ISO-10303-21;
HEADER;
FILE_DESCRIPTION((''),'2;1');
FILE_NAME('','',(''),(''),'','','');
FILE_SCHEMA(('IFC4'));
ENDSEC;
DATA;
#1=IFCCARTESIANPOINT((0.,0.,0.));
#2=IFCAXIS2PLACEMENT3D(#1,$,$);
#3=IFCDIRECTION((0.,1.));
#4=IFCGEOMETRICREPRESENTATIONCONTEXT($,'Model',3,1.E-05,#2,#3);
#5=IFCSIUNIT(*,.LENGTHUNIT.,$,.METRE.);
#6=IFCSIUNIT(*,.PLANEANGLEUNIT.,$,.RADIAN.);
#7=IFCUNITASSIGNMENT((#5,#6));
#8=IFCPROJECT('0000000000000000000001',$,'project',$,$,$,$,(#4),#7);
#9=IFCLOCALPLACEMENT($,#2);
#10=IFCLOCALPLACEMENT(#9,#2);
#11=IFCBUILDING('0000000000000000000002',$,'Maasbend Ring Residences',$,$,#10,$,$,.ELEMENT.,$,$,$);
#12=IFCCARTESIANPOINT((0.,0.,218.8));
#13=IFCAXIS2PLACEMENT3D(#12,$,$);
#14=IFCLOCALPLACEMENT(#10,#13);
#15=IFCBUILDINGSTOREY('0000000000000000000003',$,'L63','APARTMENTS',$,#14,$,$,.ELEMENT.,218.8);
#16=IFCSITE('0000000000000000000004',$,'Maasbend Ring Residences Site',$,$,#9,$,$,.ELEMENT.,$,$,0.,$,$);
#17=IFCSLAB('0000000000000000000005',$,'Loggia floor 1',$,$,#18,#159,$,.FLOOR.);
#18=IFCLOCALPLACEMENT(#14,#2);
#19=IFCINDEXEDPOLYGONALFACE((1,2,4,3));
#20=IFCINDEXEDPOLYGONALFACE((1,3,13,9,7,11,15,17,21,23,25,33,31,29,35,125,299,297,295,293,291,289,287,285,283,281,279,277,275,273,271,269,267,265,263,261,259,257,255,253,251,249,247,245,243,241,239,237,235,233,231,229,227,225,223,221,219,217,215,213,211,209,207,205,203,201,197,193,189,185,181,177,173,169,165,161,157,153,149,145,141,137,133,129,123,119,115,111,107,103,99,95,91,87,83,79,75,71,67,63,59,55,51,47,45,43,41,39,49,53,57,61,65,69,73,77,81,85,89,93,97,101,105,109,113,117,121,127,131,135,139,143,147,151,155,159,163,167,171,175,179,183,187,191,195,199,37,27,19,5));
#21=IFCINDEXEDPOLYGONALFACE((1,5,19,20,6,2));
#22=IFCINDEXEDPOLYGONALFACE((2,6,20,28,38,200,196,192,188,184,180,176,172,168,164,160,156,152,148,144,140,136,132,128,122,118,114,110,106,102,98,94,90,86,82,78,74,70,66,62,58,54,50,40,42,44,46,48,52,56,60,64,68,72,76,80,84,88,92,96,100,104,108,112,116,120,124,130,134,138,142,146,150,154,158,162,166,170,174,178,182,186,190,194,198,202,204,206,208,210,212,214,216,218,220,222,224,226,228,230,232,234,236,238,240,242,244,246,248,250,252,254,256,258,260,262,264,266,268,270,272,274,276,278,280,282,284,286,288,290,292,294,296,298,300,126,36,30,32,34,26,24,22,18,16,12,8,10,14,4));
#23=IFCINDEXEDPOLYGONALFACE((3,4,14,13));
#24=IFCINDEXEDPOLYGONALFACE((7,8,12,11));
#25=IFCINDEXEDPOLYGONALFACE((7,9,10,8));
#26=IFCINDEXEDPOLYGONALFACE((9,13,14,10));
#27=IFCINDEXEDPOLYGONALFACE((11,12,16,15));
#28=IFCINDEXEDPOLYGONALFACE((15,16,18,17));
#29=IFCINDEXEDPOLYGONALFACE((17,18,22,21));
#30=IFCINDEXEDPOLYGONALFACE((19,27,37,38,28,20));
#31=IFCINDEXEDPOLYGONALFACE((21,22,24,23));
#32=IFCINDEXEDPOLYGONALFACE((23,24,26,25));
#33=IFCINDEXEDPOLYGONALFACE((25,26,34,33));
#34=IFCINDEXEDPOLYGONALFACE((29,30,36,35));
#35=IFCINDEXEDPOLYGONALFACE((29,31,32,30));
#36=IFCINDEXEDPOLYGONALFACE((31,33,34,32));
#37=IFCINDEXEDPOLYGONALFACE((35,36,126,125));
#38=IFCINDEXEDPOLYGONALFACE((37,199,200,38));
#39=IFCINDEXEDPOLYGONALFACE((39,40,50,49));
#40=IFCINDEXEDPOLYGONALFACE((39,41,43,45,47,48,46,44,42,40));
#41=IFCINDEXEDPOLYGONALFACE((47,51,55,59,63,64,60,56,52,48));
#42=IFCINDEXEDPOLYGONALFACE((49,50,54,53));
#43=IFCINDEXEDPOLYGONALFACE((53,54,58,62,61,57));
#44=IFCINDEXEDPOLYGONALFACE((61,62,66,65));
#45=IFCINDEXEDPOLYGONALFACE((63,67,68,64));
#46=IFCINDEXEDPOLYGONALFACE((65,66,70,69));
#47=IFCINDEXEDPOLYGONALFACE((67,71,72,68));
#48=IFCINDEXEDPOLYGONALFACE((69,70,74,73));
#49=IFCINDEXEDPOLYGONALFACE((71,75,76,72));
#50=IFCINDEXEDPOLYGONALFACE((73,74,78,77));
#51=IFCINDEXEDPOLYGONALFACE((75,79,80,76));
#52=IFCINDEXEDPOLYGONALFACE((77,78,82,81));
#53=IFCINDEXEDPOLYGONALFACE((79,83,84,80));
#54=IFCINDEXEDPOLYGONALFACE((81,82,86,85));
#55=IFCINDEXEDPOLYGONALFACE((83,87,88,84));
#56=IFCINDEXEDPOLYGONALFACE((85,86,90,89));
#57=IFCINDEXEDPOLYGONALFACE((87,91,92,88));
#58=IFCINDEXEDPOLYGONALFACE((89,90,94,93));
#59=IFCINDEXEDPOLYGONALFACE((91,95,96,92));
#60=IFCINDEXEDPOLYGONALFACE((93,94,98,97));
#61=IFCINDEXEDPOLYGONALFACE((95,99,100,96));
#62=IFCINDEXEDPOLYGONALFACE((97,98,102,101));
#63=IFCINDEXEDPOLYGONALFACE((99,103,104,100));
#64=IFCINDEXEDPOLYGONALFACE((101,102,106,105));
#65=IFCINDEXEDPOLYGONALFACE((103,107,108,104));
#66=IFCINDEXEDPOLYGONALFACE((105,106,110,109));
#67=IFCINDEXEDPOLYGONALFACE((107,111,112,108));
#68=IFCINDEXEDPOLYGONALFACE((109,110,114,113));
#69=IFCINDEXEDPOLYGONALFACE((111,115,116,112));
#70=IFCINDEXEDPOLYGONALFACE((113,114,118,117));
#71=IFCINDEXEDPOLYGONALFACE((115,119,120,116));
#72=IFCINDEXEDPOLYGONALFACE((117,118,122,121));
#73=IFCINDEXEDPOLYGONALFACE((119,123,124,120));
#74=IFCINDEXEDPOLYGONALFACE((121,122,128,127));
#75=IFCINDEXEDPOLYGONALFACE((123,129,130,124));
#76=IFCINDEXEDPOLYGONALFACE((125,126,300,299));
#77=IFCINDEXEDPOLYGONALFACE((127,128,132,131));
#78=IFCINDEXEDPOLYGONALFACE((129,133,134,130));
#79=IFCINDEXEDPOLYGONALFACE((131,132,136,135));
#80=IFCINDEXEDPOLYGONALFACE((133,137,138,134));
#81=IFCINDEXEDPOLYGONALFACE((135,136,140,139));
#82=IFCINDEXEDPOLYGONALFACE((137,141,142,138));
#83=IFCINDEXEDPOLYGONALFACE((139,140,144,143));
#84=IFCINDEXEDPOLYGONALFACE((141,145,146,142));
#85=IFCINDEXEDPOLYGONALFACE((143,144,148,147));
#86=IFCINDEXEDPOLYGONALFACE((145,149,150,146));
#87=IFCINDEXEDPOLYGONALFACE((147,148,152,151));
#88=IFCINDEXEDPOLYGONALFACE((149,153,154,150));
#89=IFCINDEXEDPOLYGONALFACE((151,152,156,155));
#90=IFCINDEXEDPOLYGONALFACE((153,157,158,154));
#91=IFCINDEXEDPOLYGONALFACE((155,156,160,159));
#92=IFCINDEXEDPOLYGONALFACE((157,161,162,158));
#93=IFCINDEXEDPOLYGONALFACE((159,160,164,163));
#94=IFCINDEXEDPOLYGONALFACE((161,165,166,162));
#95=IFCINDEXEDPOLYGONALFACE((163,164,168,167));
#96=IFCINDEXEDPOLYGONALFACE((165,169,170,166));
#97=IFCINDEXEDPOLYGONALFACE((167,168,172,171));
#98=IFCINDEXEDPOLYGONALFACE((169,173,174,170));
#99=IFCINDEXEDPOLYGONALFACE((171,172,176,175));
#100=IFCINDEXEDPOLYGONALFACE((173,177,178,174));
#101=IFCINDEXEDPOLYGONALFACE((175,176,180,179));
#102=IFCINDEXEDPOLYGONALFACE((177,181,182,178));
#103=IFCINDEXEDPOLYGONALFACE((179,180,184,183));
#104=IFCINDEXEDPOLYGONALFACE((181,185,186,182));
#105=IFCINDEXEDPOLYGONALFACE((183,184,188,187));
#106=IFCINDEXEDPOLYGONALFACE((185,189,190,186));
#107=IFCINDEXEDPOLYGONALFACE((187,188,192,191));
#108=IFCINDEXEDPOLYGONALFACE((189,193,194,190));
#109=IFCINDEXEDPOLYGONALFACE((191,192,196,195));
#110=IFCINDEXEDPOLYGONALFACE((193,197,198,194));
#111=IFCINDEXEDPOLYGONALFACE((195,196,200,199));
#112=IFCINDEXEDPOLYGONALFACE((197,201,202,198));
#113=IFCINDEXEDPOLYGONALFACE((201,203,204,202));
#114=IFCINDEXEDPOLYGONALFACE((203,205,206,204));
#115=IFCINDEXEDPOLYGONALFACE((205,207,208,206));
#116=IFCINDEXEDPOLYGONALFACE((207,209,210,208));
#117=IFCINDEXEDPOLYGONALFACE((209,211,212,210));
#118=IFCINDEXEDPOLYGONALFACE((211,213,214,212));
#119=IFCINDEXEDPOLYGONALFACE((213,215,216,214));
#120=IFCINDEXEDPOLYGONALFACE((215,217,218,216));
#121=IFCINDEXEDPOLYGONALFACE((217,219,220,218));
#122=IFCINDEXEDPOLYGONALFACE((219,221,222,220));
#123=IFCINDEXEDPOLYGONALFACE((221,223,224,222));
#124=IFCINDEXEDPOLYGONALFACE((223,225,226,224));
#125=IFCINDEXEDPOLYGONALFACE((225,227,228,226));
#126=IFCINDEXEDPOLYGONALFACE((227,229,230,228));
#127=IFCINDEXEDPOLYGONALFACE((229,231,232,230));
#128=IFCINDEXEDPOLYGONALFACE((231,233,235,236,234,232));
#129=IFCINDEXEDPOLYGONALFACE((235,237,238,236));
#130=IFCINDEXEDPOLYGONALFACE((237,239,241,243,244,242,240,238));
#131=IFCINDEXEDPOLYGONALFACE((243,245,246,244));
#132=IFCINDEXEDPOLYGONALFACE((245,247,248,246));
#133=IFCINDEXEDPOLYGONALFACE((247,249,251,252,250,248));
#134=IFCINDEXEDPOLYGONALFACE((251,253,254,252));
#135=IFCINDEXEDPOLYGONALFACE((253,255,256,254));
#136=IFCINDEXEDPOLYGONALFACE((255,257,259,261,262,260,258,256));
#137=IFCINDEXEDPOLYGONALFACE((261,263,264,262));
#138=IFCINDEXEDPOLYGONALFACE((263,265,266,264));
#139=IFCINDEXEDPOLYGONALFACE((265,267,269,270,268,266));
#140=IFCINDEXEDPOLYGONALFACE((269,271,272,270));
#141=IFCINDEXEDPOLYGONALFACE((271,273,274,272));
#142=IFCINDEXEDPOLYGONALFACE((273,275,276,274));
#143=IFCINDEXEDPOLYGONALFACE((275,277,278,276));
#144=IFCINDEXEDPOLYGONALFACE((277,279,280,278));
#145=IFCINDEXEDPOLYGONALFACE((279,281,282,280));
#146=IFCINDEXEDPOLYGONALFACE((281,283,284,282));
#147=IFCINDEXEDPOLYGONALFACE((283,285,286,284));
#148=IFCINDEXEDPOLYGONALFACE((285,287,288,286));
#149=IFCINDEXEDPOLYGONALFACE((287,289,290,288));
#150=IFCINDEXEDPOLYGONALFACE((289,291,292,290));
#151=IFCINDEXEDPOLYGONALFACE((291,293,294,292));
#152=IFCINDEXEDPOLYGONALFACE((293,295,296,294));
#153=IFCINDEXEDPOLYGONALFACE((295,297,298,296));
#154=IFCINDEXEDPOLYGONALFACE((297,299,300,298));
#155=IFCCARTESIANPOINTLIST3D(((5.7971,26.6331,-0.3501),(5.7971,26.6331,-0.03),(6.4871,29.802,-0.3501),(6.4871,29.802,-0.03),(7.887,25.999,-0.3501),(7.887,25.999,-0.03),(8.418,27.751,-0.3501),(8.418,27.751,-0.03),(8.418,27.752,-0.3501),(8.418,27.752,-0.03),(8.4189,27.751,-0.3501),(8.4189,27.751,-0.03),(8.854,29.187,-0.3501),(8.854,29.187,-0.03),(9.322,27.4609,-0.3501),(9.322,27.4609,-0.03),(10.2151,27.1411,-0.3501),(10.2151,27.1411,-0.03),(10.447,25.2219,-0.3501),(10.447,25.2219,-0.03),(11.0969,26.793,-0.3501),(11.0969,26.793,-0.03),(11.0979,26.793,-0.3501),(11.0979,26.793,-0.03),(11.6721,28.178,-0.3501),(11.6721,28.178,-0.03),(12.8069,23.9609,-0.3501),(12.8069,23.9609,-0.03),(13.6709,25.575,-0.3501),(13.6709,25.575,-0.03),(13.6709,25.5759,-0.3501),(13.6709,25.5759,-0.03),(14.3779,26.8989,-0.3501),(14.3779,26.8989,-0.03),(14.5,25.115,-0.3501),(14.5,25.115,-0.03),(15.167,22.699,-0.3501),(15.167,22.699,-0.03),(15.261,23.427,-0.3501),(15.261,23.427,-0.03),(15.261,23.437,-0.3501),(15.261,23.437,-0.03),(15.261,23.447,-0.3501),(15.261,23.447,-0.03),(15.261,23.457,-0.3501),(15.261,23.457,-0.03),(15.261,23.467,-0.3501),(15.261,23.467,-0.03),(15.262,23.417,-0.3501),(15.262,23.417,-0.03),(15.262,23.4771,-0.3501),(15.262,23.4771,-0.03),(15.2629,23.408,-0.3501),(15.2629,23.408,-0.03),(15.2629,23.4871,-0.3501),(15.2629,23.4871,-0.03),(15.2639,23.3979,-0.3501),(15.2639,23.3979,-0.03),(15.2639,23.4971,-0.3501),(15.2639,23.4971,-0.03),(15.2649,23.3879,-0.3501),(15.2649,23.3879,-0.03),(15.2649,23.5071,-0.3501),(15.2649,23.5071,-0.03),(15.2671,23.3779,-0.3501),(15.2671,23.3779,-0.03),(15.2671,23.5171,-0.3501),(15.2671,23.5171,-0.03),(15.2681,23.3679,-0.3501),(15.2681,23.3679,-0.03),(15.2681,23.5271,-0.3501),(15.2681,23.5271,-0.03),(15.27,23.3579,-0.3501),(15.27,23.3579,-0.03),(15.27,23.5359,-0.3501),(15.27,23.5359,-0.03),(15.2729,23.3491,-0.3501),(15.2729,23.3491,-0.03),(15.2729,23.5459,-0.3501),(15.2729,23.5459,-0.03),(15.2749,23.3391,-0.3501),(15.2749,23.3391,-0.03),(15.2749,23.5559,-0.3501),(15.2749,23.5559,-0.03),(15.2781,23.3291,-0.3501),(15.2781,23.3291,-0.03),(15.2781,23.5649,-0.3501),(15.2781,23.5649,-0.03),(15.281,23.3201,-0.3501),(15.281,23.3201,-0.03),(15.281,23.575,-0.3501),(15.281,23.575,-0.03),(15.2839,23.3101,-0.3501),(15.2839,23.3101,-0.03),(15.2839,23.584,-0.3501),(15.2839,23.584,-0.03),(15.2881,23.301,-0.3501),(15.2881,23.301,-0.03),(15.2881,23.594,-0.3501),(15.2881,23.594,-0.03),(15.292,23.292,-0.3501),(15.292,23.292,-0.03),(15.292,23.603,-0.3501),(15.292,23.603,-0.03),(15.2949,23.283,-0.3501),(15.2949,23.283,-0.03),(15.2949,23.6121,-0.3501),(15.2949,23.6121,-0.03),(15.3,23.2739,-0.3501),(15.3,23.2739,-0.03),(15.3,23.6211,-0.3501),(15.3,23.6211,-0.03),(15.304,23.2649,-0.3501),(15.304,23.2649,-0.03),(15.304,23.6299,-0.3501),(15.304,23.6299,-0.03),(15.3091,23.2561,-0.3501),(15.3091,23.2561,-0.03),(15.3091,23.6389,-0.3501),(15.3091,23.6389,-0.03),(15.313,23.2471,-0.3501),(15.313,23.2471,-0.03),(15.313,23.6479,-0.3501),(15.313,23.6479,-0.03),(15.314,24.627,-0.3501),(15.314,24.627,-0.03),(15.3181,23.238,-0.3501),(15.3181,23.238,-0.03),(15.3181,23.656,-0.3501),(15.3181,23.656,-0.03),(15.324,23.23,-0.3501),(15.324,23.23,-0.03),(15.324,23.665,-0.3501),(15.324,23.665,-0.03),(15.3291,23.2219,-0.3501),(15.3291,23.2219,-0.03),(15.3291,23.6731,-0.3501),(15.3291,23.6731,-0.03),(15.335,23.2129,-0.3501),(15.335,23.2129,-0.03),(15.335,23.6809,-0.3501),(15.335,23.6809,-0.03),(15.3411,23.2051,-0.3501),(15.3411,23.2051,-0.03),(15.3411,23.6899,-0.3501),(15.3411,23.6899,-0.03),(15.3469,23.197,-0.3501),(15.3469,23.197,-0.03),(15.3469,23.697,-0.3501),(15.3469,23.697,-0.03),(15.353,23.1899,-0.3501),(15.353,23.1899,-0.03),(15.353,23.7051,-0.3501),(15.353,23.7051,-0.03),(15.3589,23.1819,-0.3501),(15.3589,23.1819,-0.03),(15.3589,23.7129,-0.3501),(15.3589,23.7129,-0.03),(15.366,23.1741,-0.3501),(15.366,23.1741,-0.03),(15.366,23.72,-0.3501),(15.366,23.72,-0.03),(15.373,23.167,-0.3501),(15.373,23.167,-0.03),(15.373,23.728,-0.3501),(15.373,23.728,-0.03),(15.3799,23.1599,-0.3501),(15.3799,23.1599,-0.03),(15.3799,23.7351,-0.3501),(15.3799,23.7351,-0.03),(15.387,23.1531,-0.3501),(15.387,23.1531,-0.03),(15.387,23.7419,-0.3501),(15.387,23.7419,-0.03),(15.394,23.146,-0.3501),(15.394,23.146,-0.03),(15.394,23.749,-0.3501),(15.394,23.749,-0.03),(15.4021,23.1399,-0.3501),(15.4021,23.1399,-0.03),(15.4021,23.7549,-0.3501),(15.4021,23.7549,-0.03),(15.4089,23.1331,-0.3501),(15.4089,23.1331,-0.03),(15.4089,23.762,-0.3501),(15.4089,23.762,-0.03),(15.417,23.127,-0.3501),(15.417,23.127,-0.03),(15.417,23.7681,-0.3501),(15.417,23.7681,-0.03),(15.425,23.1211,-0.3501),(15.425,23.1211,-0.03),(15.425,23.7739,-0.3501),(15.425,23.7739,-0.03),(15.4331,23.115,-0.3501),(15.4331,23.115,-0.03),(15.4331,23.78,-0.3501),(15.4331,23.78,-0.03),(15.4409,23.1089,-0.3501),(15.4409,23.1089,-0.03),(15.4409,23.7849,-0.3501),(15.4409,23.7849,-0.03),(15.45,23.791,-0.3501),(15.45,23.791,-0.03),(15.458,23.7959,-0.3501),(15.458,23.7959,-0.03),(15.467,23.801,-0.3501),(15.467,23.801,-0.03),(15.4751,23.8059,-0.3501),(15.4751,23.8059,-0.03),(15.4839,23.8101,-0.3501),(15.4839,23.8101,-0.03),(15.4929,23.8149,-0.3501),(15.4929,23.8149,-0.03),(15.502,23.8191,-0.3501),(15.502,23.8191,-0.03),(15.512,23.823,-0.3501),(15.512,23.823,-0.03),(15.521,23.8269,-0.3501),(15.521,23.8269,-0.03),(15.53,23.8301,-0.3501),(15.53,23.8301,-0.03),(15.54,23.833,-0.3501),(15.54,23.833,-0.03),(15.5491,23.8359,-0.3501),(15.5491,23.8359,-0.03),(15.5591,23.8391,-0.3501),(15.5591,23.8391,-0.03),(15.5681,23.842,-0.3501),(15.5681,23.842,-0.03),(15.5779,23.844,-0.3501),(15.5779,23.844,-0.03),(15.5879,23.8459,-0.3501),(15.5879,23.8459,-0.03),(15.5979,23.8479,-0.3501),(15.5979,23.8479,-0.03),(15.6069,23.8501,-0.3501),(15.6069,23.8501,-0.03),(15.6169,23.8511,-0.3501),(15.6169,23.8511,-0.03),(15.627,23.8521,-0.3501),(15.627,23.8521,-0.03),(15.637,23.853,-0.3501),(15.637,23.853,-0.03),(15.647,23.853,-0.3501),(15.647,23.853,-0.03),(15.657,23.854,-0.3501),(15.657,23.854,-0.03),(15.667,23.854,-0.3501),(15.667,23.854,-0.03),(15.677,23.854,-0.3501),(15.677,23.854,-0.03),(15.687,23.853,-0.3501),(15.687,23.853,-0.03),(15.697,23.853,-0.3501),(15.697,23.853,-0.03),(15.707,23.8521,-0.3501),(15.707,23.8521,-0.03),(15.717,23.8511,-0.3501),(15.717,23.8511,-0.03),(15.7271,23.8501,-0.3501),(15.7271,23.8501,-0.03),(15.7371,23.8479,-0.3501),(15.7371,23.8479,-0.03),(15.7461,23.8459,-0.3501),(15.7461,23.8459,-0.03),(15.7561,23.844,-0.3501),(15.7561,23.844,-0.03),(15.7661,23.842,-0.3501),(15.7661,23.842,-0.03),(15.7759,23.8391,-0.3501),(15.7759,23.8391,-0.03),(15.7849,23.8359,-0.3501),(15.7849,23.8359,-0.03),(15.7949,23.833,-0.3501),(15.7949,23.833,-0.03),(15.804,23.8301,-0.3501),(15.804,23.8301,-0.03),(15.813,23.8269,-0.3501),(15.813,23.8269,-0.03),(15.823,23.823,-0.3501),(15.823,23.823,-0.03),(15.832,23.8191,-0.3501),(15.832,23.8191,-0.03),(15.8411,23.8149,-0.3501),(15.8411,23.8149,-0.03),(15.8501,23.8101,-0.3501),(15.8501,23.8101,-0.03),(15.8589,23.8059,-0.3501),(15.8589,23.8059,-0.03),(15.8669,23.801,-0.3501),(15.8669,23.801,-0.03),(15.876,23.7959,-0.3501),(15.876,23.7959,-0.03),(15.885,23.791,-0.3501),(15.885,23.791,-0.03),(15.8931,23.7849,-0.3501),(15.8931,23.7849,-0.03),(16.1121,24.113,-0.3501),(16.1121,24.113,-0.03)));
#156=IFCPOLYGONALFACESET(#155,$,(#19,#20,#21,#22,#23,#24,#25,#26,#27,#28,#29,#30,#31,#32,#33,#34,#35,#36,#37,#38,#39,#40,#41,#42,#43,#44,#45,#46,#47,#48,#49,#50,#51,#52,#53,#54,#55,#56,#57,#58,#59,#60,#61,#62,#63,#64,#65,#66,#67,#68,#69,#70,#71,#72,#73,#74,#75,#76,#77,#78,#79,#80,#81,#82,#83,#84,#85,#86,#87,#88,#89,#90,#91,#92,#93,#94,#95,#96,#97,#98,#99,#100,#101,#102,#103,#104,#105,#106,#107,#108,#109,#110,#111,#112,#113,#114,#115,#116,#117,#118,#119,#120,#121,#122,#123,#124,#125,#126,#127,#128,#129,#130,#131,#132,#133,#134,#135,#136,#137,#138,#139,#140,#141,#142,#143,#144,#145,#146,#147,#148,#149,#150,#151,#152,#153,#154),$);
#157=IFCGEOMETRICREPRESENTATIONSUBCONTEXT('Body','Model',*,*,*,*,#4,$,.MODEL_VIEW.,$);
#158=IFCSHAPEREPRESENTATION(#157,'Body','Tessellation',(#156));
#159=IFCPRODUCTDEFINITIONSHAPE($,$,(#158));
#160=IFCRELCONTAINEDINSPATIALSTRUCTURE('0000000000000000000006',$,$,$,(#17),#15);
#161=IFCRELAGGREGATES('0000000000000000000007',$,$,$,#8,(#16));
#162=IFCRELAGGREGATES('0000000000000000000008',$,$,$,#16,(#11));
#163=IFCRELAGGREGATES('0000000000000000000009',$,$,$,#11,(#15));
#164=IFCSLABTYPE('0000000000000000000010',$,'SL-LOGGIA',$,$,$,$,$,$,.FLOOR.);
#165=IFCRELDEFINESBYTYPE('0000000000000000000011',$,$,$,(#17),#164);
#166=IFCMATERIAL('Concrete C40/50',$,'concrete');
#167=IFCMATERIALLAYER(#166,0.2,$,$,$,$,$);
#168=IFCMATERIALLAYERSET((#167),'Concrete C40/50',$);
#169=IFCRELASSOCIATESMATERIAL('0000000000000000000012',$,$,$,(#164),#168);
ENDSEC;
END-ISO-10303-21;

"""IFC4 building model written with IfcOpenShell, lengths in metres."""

from ifc_helpers import new_model, si_unit, direction, frame, origin, place, context, subcontext, project, spatial, polyline, outline, extrude, material, layer, layer_set, type_object, element, save


model = new_model("IFC4")

# Units and contexts
model_context = context("Model", 3, precision=1e-05, world=origin(), true_north=direction((0.0, 1.0)))
body_context = subcontext(model_context, "Body", "Model", "MODEL_VIEW")
ifc_project = project(units=[si_unit("LENGTHUNIT", "METRE"), si_unit("PLANEANGLEUNIT", "RADIAN")], contexts=[model_context])

# Site, building, storey
site_placement = place(None, origin())
site = spatial("IfcSite", under=ifc_project, at=site_placement, Name="Maasbend Ring Residences Site", CompositionType="ELEMENT", RefElevation=0.0)
building_placement = place(site_placement, origin())
building = spatial("IfcBuilding", under=site, at=building_placement, Name="Maasbend Ring Residences", CompositionType="ELEMENT")
storey_placement = place(building_placement, frame((0.0, 0.0, 218.8)))
storey = spatial("IfcBuildingStorey", under=building, at=storey_placement, Name="L63", Description="APARTMENTS", CompositionType="ELEMENT", Elevation=218.8)

# Slab
ifc_material_1 = material(Name="Concrete C40/50", Category="concrete")
ifc_layer_1 = layer(ifc_material_1, 0.2)
ifc_layer_set_1 = layer_set([ifc_layer_1], Name="Concrete C40/50")
slab_type_1 = type_object("IfcSlabType", Name="SL-LOGGIA", PredefinedType="FLOOR", material=ifc_layer_set_1)
slab_1_placement = place(storey_placement, frame((0.0, 0.0, -0.3501)))
element("IfcSlab", 1, at=slab_1_placement, inside=storey, type_object=slab_type_1, Name="Loggia floor 1", PredefinedType="FLOOR", context=body_context, shape_type="SweptSolid", body=[
    extrude(outline(polyline([(8.854, 29.187), (8.854, 29.187), (8.854, 29.187), (8.418, 27.752), (8.418, 27.752), (8.418, 27.752), (8.418, 27.752), (8.418, 27.752), (8.418, 27.752), (8.418, 27.751), (8.418, 27.751), (8.418, 27.751), (8.418, 27.751), (8.418, 27.751), (8.4189, 27.751), (8.4189, 27.751), (8.4189, 27.751), (8.4189, 27.751), (8.4189, 27.751), (8.4189, 27.751), (9.322, 27.4609), (9.322, 27.4609), (10.2151, 27.1411), (10.2151, 27.1411), (11.0969, 26.793), (11.0969, 26.793), (11.0969, 26.793), (11.0979, 26.793), (11.0979, 26.793), (11.0979, 26.793), (11.0979, 26.793), (11.0979, 26.793), (11.0979, 26.793), (11.0979, 26.793), (11.0979, 26.793), (11.0979, 26.793), (11.0979, 26.793), (11.0979, 26.793), (11.0979, 26.793), (11.0979, 26.793), (11.0979, 26.793), (11.6721, 28.178), (11.6721, 28.178), (11.6721, 28.178), (14.3779, 26.8989), (14.3779, 26.8989), (14.3779, 26.8989), (13.6709, 25.5759), (13.6709, 25.5759), (13.6709, 25.5759), (13.6709, 25.5759), (13.6709, 25.5759), (13.6709, 25.5759), (13.6709, 25.5759), (13.6709, 25.5759), (13.6709, 25.5759), (13.6709, 25.5759), (13.6709, 25.5759), (13.6709, 25.5759), (13.6709, 25.5759), (13.6709, 25.5759), (13.6709, 25.5759), (13.6709, 25.5759), (13.6709, 25.575), (14.5, 25.115), (14.5, 25.115), (15.314, 24.627), (15.314, 24.627), (16.1121, 24.113), (16.1121, 24.113), (16.1121, 24.113), (15.8931, 23.7849), (15.885, 23.791), (15.876, 23.7959), (15.8669, 23.801), (15.8589, 23.8059), (15.8501, 23.8101), (15.8411, 23.8149), (15.832, 23.8191), (15.823, 23.823), (15.813, 23.8269), (15.804, 23.8301), (15.7949, 23.833), (15.7849, 23.8359), (15.7759, 23.8391), (15.7661, 23.842), (15.7561, 23.844), (15.7461, 23.8459), (15.7371, 23.8479), (15.7271, 23.8501), (15.717, 23.8511), (15.707, 23.8521), (15.697, 23.853), (15.687, 23.853), (15.677, 23.854), (15.667, 23.854), (15.657, 23.854), (15.647, 23.853), (15.637, 23.853), (15.627, 23.8521), (15.6169, 23.8511), (15.6069, 23.8501), (15.5979, 23.8479), (15.5879, 23.8459), (15.5779, 23.844), (15.5681, 23.842), (15.5591, 23.8391), (15.5491, 23.8359), (15.54, 23.833), (15.53, 23.8301), (15.521, 23.8269), (15.512, 23.823), (15.502, 23.8191), (15.4929, 23.8149), (15.4839, 23.8101), (15.4751, 23.8059), (15.467, 23.801), (15.458, 23.7959), (15.45, 23.791), (15.4409, 23.7849), (15.4331, 23.78), (15.425, 23.7739), (15.417, 23.7681), (15.4089, 23.762), (15.4021, 23.7549), (15.394, 23.749), (15.387, 23.7419), (15.3799, 23.7351), (15.373, 23.728), (15.366, 23.72), (15.3589, 23.7129), (15.353, 23.7051), (15.3469, 23.697), (15.3411, 23.6899), (15.335, 23.6809), (15.3291, 23.6731), (15.324, 23.665), (15.3181, 23.656), (15.313, 23.6479), (15.3091, 23.6389), (15.304, 23.6299), (15.3, 23.6211), (15.2949, 23.6121), (15.292, 23.603), (15.2881, 23.594), (15.2839, 23.584), (15.281, 23.575), (15.2781, 23.5649), (15.2749, 23.5559), (15.2729, 23.5459), (15.27, 23.5359), (15.2681, 23.5271), (15.2671, 23.5171), (15.2649, 23.5071), (15.2639, 23.4971), (15.2629, 23.4871), (15.262, 23.4771), (15.261, 23.467), (15.261, 23.457), (15.261, 23.447), (15.261, 23.437), (15.261, 23.427), (15.262, 23.417), (15.2629, 23.408), (15.2639, 23.3979), (15.2649, 23.3879), (15.2671, 23.3779), (15.2681, 23.3679), (15.27, 23.3579), (15.2729, 23.3491), (15.2749, 23.3391), (15.2781, 23.3291), (15.281, 23.3201), (15.2839, 23.3101), (15.2881, 23.301), (15.292, 23.292), (15.2949, 23.283), (15.3, 23.2739), (15.304, 23.2649), (15.3091, 23.2561), (15.313, 23.2471), (15.3181, 23.238), (15.324, 23.23), (15.3291, 23.2219), (15.335, 23.2129), (15.3411, 23.2051), (15.3469, 23.197), (15.353, 23.1899), (15.3589, 23.1819), (15.366, 23.1741), (15.373, 23.167), (15.3799, 23.1599), (15.387, 23.1531), (15.394, 23.146), (15.4021, 23.1399), (15.4089, 23.1331), (15.417, 23.127), (15.425, 23.1211), (15.4331, 23.115), (15.4409, 23.1089), (15.167, 22.699), (15.167, 22.699), (15.167, 22.699), (12.8069, 23.9609), (10.447, 25.2219), (10.447, 25.2219), (10.447, 25.2219), (7.887, 25.999), (5.7971, 26.6331), (5.7971, 26.6331), (5.7971, 26.6331), (6.4871, 29.802), (6.4871, 29.802), (6.4871, 29.802), (8.854, 29.187)])), origin(), (0.0, 0.0, 1.0), 0.3201),
])

save(model, "model.ifc")
